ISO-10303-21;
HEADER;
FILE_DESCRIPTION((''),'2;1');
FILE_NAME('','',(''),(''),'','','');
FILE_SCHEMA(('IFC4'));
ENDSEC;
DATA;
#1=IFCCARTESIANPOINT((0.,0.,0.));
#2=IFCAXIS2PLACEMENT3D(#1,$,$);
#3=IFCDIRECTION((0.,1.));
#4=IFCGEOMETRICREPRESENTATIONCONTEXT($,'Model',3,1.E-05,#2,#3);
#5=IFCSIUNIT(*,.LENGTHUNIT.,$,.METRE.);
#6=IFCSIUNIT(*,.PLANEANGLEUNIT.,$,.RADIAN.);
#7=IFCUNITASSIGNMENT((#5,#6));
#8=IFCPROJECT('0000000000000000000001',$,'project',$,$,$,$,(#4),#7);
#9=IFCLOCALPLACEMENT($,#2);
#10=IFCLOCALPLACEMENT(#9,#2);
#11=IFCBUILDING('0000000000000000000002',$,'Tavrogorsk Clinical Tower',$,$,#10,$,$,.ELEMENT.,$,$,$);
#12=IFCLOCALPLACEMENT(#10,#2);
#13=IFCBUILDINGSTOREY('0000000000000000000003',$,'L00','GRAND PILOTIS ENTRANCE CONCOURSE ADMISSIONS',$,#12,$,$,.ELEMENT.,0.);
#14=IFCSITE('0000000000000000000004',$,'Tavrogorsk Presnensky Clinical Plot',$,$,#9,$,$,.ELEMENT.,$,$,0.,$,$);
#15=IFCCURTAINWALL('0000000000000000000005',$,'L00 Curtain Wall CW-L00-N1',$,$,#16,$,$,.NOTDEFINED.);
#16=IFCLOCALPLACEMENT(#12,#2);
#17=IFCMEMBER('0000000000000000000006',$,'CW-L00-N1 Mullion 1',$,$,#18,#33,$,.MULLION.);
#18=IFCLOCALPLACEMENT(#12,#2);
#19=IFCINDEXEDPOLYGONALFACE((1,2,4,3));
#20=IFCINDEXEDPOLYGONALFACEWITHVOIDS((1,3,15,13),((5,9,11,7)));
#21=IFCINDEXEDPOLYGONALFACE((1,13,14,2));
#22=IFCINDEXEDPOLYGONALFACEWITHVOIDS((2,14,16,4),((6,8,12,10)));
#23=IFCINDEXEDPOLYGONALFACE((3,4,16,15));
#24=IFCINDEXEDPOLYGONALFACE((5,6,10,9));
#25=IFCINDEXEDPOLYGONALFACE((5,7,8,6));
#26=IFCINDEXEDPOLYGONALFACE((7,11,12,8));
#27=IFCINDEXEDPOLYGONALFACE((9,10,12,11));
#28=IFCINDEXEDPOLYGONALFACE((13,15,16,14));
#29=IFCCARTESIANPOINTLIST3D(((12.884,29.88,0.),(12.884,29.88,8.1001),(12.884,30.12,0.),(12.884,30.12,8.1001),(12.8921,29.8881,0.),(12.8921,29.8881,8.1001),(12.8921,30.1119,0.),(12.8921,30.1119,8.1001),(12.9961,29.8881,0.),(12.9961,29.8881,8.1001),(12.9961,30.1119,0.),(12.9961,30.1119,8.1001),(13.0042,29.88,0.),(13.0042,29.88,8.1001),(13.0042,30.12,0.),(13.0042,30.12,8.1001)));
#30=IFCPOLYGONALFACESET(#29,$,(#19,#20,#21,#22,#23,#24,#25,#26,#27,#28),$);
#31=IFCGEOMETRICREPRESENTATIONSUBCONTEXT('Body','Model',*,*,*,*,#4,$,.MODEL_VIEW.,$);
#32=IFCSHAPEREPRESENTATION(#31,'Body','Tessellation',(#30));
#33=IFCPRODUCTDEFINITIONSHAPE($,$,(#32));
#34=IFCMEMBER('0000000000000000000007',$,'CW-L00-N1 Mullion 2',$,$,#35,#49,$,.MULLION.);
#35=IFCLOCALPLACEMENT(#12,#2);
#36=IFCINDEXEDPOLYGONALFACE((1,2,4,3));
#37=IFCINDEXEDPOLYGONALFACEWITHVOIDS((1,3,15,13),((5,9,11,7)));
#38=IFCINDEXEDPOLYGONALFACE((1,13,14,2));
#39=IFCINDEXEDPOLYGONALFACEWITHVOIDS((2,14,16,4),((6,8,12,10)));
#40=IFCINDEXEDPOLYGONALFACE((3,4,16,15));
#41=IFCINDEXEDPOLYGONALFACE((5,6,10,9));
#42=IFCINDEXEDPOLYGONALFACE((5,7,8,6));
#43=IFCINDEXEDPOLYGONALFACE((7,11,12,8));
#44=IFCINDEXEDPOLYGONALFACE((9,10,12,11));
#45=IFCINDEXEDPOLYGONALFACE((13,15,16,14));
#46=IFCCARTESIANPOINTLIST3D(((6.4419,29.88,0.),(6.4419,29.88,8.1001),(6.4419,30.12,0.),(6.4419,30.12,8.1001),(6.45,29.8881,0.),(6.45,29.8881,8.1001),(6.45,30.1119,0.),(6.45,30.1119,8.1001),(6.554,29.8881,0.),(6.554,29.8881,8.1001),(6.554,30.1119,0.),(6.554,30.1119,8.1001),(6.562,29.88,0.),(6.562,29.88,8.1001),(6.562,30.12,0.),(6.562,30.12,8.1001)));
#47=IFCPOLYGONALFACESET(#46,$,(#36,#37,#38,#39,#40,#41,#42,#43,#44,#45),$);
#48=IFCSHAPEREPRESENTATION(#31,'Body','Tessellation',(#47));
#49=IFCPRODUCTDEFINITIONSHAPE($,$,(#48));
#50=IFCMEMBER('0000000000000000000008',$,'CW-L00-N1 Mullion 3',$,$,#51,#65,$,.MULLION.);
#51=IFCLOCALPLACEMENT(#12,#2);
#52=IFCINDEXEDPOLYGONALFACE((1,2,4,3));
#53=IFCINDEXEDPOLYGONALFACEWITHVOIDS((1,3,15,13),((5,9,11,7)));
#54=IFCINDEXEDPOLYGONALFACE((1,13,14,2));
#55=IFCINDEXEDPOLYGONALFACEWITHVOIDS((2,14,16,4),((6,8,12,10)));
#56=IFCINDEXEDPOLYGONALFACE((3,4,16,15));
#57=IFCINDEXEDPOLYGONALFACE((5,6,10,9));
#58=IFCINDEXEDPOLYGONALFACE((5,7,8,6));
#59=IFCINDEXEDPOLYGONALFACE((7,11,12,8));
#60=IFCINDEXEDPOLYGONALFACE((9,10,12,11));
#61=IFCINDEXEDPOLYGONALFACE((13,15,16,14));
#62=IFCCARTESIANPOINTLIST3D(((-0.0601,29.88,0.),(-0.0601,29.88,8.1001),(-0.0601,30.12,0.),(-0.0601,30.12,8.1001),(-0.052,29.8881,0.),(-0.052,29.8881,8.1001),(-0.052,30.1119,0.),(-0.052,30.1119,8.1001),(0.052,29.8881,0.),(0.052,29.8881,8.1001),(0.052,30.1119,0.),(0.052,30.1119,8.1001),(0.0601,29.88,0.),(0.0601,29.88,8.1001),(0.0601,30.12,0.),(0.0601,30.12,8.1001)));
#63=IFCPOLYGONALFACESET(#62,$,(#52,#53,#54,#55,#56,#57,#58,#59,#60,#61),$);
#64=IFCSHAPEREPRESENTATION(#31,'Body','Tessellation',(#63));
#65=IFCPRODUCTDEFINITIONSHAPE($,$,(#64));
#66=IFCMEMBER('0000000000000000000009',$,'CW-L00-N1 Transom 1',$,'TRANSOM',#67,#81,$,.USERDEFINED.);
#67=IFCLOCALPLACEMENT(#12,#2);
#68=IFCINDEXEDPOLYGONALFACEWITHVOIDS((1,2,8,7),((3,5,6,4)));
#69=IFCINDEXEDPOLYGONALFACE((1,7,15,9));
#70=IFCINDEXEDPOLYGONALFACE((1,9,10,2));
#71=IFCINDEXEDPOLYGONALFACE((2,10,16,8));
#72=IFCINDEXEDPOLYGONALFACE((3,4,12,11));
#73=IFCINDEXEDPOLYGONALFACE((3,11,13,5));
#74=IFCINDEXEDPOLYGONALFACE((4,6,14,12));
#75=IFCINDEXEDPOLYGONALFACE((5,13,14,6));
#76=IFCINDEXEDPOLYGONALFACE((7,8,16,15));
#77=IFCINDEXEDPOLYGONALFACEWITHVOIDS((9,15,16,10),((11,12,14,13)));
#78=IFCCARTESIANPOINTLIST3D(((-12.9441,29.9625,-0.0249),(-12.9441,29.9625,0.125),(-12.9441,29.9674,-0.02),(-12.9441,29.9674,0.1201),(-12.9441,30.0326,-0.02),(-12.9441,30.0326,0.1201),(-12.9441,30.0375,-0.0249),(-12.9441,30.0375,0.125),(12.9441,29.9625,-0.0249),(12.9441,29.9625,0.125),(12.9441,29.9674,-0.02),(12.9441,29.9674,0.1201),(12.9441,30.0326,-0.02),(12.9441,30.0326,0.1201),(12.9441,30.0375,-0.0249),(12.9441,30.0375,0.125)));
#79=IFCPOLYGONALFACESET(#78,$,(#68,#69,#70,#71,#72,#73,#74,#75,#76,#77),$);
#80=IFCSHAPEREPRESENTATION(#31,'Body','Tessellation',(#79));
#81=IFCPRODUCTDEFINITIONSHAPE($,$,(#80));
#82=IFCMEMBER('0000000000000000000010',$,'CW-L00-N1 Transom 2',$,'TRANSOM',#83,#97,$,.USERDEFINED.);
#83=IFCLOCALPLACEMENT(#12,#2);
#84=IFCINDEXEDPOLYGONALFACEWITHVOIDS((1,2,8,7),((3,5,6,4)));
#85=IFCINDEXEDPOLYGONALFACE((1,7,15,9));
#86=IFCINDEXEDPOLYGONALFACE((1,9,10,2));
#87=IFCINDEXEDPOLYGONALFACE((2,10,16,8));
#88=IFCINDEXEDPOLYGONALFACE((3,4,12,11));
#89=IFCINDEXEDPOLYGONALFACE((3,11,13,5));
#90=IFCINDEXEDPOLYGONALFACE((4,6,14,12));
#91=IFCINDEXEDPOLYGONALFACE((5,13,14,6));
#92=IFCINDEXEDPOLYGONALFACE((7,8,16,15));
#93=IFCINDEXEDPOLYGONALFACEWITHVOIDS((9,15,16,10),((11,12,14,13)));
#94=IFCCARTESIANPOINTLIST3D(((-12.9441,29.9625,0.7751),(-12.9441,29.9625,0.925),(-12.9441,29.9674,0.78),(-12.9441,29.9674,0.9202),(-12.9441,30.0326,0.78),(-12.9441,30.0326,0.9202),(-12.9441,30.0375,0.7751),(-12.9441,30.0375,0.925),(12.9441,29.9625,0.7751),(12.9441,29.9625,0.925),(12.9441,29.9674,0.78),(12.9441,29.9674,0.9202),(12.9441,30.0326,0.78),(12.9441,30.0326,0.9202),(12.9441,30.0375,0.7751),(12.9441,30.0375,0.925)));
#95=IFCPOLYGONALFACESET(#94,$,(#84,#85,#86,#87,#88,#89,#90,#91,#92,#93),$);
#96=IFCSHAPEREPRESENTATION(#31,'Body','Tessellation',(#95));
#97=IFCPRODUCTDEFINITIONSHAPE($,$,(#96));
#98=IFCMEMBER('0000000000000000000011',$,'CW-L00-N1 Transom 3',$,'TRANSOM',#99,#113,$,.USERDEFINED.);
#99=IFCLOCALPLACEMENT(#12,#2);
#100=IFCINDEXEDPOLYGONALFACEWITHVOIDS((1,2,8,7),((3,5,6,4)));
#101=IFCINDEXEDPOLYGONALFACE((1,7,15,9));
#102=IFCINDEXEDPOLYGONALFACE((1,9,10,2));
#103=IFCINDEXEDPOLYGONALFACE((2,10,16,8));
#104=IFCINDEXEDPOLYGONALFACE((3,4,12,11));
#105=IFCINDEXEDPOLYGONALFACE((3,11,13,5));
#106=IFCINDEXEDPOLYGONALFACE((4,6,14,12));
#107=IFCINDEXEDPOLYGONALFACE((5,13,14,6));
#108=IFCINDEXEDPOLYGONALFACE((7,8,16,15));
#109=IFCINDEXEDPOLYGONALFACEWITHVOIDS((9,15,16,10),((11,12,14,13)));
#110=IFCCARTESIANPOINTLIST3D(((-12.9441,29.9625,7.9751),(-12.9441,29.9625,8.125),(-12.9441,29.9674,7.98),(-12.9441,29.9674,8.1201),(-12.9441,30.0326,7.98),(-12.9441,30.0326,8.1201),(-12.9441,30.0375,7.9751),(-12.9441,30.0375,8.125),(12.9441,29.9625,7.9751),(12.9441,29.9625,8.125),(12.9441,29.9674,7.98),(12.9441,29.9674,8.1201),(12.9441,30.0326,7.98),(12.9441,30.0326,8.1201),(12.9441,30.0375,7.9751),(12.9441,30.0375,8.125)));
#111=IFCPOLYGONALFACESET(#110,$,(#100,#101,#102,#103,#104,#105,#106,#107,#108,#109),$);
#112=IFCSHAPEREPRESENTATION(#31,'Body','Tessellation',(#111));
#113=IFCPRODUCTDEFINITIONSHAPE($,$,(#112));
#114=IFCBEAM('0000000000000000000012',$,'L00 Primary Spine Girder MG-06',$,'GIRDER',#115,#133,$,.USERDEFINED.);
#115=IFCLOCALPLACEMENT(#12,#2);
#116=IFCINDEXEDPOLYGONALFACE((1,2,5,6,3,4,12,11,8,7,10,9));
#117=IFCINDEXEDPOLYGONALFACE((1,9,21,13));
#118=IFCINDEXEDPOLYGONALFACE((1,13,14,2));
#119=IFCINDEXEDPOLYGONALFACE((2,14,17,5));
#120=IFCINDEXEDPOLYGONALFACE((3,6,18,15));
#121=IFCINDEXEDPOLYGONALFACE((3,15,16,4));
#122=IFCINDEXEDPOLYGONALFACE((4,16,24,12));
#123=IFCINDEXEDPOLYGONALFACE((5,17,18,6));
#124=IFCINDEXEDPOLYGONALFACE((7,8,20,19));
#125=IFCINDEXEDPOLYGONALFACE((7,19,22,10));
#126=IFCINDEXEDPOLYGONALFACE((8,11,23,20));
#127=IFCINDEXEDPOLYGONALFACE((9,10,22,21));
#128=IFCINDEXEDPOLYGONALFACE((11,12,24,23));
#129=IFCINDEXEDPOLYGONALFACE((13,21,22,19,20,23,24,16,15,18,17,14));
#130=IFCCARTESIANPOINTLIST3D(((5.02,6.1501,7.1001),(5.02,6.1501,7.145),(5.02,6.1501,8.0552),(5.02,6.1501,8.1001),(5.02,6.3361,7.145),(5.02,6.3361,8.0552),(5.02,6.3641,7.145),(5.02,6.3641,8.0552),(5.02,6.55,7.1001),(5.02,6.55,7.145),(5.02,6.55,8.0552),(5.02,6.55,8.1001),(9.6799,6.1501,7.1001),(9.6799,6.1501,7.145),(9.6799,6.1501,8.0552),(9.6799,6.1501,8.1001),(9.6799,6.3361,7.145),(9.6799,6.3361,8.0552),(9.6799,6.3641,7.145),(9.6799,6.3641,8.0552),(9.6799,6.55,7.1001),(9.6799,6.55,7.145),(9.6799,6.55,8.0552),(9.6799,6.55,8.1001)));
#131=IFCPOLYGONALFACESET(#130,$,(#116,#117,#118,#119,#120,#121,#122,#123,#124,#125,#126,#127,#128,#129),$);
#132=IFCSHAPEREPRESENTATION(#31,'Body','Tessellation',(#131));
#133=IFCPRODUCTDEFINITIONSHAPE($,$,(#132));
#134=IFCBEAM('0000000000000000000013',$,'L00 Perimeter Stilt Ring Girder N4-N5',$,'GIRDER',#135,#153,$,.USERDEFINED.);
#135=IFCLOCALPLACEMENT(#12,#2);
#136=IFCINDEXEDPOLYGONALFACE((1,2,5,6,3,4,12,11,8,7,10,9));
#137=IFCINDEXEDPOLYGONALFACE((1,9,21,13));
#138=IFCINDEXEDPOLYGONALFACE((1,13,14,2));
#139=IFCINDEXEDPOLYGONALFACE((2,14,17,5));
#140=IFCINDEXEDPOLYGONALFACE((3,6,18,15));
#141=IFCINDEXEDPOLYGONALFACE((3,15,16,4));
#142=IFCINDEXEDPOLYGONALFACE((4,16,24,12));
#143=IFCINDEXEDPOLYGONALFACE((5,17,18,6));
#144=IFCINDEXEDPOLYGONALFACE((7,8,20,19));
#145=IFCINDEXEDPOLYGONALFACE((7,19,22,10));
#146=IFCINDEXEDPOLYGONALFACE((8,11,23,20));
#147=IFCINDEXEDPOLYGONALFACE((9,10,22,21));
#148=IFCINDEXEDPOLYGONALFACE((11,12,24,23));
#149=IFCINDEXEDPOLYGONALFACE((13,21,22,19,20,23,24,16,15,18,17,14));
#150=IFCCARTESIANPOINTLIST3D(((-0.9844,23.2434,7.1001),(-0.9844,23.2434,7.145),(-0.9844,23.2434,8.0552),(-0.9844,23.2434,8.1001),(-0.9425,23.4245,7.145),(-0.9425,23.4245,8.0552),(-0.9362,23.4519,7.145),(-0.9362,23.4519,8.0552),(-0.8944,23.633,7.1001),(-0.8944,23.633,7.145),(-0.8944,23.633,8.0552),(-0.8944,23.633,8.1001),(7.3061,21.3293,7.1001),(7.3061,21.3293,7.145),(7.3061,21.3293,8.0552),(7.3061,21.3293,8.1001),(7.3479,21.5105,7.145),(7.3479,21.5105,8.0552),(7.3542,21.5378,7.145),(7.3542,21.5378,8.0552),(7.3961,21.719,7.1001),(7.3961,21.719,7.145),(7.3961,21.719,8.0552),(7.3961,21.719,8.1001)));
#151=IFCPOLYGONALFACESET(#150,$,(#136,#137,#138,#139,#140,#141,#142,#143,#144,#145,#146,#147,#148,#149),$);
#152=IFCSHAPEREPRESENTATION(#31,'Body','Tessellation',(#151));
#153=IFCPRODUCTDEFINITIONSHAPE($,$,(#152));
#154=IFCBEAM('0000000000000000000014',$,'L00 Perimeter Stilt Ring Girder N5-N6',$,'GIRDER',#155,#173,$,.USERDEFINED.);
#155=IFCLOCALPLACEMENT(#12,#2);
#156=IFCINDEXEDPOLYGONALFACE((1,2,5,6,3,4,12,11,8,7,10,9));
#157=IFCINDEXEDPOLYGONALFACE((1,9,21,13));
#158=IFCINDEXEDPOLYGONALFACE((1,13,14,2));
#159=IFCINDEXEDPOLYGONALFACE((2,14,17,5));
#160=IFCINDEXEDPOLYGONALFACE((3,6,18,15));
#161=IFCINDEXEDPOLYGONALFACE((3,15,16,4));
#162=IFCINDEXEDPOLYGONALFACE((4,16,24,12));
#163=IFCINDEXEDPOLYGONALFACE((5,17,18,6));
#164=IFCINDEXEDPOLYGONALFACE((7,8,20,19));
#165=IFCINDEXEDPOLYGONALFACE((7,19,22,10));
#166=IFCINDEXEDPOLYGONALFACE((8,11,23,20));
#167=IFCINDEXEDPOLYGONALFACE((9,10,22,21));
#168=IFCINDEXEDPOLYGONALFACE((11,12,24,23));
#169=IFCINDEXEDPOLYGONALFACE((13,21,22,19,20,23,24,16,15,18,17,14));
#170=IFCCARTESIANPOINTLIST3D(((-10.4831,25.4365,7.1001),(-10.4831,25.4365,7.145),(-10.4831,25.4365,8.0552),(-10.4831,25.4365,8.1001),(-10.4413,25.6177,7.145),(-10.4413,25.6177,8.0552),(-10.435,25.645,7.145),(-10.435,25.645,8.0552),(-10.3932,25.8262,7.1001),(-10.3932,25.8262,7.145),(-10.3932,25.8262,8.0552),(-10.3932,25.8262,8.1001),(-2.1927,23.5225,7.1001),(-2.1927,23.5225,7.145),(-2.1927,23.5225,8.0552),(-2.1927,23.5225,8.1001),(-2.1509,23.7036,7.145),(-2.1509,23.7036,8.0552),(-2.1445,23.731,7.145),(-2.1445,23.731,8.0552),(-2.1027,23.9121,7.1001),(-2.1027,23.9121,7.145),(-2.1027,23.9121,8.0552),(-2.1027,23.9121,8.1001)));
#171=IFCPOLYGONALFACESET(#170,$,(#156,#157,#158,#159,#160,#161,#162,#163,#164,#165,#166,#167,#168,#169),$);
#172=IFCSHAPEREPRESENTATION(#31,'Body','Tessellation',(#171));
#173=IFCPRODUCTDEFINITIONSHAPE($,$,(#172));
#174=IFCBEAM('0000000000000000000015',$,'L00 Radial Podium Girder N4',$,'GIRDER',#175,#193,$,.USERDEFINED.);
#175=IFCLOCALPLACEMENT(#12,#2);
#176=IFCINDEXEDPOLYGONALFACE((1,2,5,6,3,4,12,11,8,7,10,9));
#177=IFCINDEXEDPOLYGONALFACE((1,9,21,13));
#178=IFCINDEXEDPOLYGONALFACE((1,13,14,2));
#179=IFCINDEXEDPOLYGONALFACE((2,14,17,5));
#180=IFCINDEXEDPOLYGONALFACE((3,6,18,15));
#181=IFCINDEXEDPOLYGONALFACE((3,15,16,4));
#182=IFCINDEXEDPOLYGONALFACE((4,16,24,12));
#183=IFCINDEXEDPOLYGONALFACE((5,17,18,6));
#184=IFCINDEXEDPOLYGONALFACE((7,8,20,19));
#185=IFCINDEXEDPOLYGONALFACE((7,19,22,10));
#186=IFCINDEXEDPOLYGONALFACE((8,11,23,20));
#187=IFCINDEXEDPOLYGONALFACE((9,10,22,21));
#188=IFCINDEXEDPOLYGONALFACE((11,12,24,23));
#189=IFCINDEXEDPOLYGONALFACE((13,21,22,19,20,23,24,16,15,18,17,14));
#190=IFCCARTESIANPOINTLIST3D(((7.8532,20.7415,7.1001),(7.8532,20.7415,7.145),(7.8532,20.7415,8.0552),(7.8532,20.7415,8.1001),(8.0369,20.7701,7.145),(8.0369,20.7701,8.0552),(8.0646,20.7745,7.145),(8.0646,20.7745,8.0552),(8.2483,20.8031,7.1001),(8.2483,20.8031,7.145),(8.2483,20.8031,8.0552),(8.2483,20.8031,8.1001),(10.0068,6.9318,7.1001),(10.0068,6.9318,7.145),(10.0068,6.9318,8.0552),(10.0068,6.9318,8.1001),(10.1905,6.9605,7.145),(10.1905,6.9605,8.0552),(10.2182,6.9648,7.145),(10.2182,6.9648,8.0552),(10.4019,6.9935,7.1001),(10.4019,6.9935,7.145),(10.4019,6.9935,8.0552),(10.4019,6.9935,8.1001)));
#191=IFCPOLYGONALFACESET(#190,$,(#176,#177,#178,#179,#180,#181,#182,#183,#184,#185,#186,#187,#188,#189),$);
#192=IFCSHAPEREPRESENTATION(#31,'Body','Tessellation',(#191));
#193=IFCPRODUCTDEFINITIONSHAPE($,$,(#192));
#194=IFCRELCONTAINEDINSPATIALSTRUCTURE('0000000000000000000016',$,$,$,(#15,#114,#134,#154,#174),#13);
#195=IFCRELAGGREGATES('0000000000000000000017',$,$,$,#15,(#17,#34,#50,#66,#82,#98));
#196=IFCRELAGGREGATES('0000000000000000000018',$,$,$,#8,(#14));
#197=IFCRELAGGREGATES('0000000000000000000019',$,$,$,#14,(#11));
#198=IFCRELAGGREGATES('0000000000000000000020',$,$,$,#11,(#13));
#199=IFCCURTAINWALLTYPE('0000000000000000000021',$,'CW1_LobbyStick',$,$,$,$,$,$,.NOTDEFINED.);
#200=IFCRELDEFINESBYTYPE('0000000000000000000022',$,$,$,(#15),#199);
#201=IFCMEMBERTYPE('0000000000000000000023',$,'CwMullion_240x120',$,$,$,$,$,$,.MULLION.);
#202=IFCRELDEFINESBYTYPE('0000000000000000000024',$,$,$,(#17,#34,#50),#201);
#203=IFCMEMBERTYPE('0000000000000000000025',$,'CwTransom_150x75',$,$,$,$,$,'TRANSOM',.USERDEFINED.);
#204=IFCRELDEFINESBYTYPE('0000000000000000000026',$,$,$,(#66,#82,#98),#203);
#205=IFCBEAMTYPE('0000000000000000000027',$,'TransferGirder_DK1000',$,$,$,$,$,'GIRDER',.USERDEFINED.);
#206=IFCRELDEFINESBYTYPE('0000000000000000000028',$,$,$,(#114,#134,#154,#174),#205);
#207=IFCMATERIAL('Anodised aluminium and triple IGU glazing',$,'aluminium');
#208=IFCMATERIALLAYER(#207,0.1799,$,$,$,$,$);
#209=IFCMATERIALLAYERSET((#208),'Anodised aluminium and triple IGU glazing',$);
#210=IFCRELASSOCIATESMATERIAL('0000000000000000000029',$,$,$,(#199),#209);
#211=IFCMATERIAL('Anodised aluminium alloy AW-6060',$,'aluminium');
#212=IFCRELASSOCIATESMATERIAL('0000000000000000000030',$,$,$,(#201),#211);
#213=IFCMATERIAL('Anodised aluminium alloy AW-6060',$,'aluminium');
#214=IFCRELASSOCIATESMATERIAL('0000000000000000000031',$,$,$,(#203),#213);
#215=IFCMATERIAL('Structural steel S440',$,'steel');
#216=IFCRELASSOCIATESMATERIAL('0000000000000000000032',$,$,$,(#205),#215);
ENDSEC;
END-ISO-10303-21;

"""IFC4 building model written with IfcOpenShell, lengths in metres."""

from ifc_helpers import new_model, si_unit, direction, frame, origin, origin_2d, place, context, subcontext, project, spatial, hollow_rectangle, i_section, extrude, material, layer, layer_set, material_profile, profile_set, type_object, element, aggregate, save


model = new_model("IFC4")

# Units and contexts
model_context = context("Model", 3, precision=1e-05, world=origin(), true_north=direction((0.0, 1.0)))
body_context = subcontext(model_context, "Body", "Model", "MODEL_VIEW")
ifc_project = project(units=[si_unit("LENGTHUNIT", "METRE"), si_unit("PLANEANGLEUNIT", "RADIAN")], contexts=[model_context])

# Site, building, storey
site_placement = place(None, origin())
site = spatial("IfcSite", under=ifc_project, at=site_placement, Name="Tavrogorsk Presnensky Clinical Plot", CompositionType="ELEMENT", RefElevation=0.0)
building_placement = place(site_placement, origin())
building = spatial("IfcBuilding", under=site, at=building_placement, Name="Tavrogorsk Clinical Tower", CompositionType="ELEMENT")
storey_placement = place(building_placement, origin())
storey = spatial("IfcBuildingStorey", under=building, at=storey_placement, Name="L00", Description="GRAND PILOTIS ENTRANCE CONCOURSE ADMISSIONS", CompositionType="ELEMENT", Elevation=0.0)

# Curtain wall, members
ifc_material_1 = material(Name="Anodised aluminium and triple IGU glazing", Category="aluminium")
ifc_layer_1 = layer(ifc_material_1, 0.1799)
ifc_layer_set_1 = layer_set([ifc_layer_1], Name="Anodised aluminium and triple IGU glazing")
curtain_wall_type = type_object("IfcCurtainWallType", Name="CW1_LobbyStick", PredefinedType="NOTDEFINED", material=ifc_layer_set_1)
curtain_wall_placement = place(storey_placement, origin())
curtain_wall = element("IfcCurtainWall", 1, at=curtain_wall_placement, inside=storey, type_object=curtain_wall_type, Name="L00 Curtain Wall CW-L00-N1", PredefinedType="NOTDEFINED")
ifc_material_2 = material(Name="Anodised aluminium alloy AW-6060", Category="aluminium")
ifc_material_profile_1 = material_profile(ifc_material_2, hollow_rectangle(XDim=0.1201, YDim=0.24, WallThickness=0.0081, at=origin_2d()), Name="RHS-240x120x8")
ifc_profile_set_1 = profile_set([ifc_material_profile_1], Name="Anodised aluminium alloy AW-6060")
member_type_1 = type_object("IfcMemberType", Name="CwMullion_240x120", PredefinedType="MULLION", material=ifc_profile_set_1)
member_1_placement = place(storey_placement, frame((12.9441, 30.0, 0.0), z_axis=(0.0, 0.0, 1.0), x_axis=(-1.0, 0.0, 0.0)))
member_1 = element("IfcMember", 2, at=member_1_placement, type_object=member_type_1, Name="CW-L00-N1 Mullion 1", PredefinedType="MULLION", context=body_context, shape_type="SweptSolid", body=[
    extrude(hollow_rectangle(XDim=0.1201, YDim=0.24, WallThickness=0.0081, at=origin_2d()), origin(), (0.0, 0.0, 1.0), 8.1001),
])
member_2_placement = place(storey_placement, frame((6.502, 30.0, 0.0), z_axis=(0.0, 0.0, 1.0), x_axis=(-1.0, 0.0, 0.0)))
member_2 = element("IfcMember", 3, at=member_2_placement, type_object=member_type_1, Name="CW-L00-N1 Mullion 2", PredefinedType="MULLION", context=body_context, shape_type="SweptSolid", body=[
    extrude(hollow_rectangle(XDim=0.1201, YDim=0.24, WallThickness=0.0081, at=origin_2d()), origin(), (0.0, 0.0, 1.0), 8.1001),
])
member_3_placement = place(storey_placement, frame((0.0, 30.0, 0.0), z_axis=(0.0, 0.0, 1.0), x_axis=(-1.0, 0.0, 0.0)))
member_3 = element("IfcMember", 4, at=member_3_placement, type_object=member_type_1, Name="CW-L00-N1 Mullion 3", PredefinedType="MULLION", context=body_context, shape_type="SweptSolid", body=[
    extrude(hollow_rectangle(XDim=0.1201, YDim=0.24, WallThickness=0.0081, at=origin_2d()), origin(), (0.0, 0.0, 1.0), 8.1001),
])
ifc_material_3 = material(Name="Anodised aluminium alloy AW-6060", Category="aluminium")
ifc_material_profile_2 = material_profile(ifc_material_3, hollow_rectangle(XDim=0.075, YDim=0.1499, WallThickness=0.0049, at=origin_2d()), Name="RHS-150x75x5")
ifc_profile_set_2 = profile_set([ifc_material_profile_2], Name="Anodised aluminium alloy AW-6060")
member_type_2 = type_object("IfcMemberType", Name="CwTransom_150x75", ElementType="TRANSOM", PredefinedType="USERDEFINED", material=ifc_profile_set_2)
member_4_placement = place(storey_placement, frame((12.9441, 30.0, 0.05), z_axis=(-1.0, 0.0, 0.0), x_axis=(0.0, -1.0, 0.0)))
member_4 = element("IfcMember", 5, at=member_4_placement, type_object=member_type_2, Name="CW-L00-N1 Transom 1", ObjectType="TRANSOM", PredefinedType="USERDEFINED", context=body_context, shape_type="SweptSolid", body=[
    extrude(hollow_rectangle(XDim=0.075, YDim=0.1499, WallThickness=0.0049, at=origin_2d()), origin(), (0.0, 0.0, 1.0), 25.8882),
])
member_5_placement = place(storey_placement, frame((12.9441, 30.0, 0.8501), z_axis=(-1.0, 0.0, 0.0), x_axis=(0.0, -1.0, 0.0)))
member_5 = element("IfcMember", 6, at=member_5_placement, type_object=member_type_2, Name="CW-L00-N1 Transom 2", ObjectType="TRANSOM", PredefinedType="USERDEFINED", context=body_context, shape_type="SweptSolid", body=[
    extrude(hollow_rectangle(XDim=0.075, YDim=0.1499, WallThickness=0.0049, at=origin_2d()), origin(), (0.0, 0.0, 1.0), 25.8882),
])
member_6_placement = place(storey_placement, frame((12.9441, 30.0, 8.05), z_axis=(-1.0, 0.0, 0.0), x_axis=(0.0, -1.0, 0.0)))
member_6 = element("IfcMember", 7, at=member_6_placement, type_object=member_type_2, Name="CW-L00-N1 Transom 3", ObjectType="TRANSOM", PredefinedType="USERDEFINED", context=body_context, shape_type="SweptSolid", body=[
    extrude(hollow_rectangle(XDim=0.075, YDim=0.1499, WallThickness=0.0049, at=origin_2d()), origin(), (0.0, 0.0, 1.0), 25.8882),
])

# Beams
ifc_material_4 = material(Name="Structural steel S440", Category="steel")
ifc_material_profile_3 = material_profile(ifc_material_4, i_section(OverallWidth=0.3999, OverallDepth=1.0, WebThickness=0.0281, FlangeThickness=0.0449, at=origin_2d()), Name="DK-1000x400x28x45")
ifc_profile_set_3 = profile_set([ifc_material_profile_3], Name="Structural steel S440")
beam_type = type_object("IfcBeamType", Name="TransferGirder_DK1000", ElementType="GIRDER", PredefinedType="USERDEFINED", material=ifc_profile_set_3)
beam_1_placement = place(storey_placement, frame((5.02, 6.3501, 7.6001), z_axis=(1.0, 0.0, 0.0), x_axis=(0.0, 1.0, 0.0)))
element("IfcBeam", 8, at=beam_1_placement, inside=storey, type_object=beam_type, Name="L00 Primary Spine Girder MG-06", ObjectType="GIRDER", PredefinedType="USERDEFINED", context=body_context, shape_type="SweptSolid", body=[
    extrude(i_section(OverallWidth=0.3999, OverallDepth=1.0, WebThickness=0.0281, FlangeThickness=0.0449, at=origin_2d()), origin(), (0.0, 0.0, 1.0), 4.6599),
])
for number, where, z_axis, x_axis, name in (
    (9, (7.3511, 21.5242, 7.6001), (-0.974369, 0.224956, 0.0), (-0.224956, -0.974369, 0.0), "L00 Perimeter Stilt Ring Girder N4-N5"),
    (10, (-2.1477, 23.7173, 7.6001), (-0.974369, 0.224956, 0.0), (-0.224956, -0.974369, 0.0), "L00 Perimeter Stilt Ring Girder N5-N6"),
):
    element("IfcBeam", number, at=place(storey_placement, frame(where, z_axis=z_axis, x_axis=x_axis)), inside=storey, type_object=beam_type, Name=name, ObjectType="GIRDER", PredefinedType="USERDEFINED", context=body_context, shape_type="SweptSolid", body=[
        extrude(i_section(OverallWidth=0.3999, OverallDepth=1.0, WebThickness=0.0281, FlangeThickness=0.0449, at=origin_2d()), origin(), (0.0, 0.0, 1.0), 8.5085),
    ])
beam_2_placement = place(storey_placement, frame((10.2043, 6.9626, 7.6001), z_axis=(-0.154085, 0.988058, 0.0), x_axis=(-0.988058, -0.154085, 0.0)))
element("IfcBeam", 11, at=beam_2_placement, inside=storey, type_object=beam_type, Name="L00 Radial Podium Girder N4", ObjectType="GIRDER", PredefinedType="USERDEFINED", context=body_context, shape_type="SweptSolid", body=[
    extrude(i_section(OverallWidth=0.3999, OverallDepth=1.0, WebThickness=0.0281, FlangeThickness=0.0449, at=origin_2d()), origin(), (0.0, 0.0, 1.0), 13.9766),
])

aggregate(curtain_wall, [member_1, member_2, member_3, member_4, member_5, member_6])

save(model, "model.ifc")
